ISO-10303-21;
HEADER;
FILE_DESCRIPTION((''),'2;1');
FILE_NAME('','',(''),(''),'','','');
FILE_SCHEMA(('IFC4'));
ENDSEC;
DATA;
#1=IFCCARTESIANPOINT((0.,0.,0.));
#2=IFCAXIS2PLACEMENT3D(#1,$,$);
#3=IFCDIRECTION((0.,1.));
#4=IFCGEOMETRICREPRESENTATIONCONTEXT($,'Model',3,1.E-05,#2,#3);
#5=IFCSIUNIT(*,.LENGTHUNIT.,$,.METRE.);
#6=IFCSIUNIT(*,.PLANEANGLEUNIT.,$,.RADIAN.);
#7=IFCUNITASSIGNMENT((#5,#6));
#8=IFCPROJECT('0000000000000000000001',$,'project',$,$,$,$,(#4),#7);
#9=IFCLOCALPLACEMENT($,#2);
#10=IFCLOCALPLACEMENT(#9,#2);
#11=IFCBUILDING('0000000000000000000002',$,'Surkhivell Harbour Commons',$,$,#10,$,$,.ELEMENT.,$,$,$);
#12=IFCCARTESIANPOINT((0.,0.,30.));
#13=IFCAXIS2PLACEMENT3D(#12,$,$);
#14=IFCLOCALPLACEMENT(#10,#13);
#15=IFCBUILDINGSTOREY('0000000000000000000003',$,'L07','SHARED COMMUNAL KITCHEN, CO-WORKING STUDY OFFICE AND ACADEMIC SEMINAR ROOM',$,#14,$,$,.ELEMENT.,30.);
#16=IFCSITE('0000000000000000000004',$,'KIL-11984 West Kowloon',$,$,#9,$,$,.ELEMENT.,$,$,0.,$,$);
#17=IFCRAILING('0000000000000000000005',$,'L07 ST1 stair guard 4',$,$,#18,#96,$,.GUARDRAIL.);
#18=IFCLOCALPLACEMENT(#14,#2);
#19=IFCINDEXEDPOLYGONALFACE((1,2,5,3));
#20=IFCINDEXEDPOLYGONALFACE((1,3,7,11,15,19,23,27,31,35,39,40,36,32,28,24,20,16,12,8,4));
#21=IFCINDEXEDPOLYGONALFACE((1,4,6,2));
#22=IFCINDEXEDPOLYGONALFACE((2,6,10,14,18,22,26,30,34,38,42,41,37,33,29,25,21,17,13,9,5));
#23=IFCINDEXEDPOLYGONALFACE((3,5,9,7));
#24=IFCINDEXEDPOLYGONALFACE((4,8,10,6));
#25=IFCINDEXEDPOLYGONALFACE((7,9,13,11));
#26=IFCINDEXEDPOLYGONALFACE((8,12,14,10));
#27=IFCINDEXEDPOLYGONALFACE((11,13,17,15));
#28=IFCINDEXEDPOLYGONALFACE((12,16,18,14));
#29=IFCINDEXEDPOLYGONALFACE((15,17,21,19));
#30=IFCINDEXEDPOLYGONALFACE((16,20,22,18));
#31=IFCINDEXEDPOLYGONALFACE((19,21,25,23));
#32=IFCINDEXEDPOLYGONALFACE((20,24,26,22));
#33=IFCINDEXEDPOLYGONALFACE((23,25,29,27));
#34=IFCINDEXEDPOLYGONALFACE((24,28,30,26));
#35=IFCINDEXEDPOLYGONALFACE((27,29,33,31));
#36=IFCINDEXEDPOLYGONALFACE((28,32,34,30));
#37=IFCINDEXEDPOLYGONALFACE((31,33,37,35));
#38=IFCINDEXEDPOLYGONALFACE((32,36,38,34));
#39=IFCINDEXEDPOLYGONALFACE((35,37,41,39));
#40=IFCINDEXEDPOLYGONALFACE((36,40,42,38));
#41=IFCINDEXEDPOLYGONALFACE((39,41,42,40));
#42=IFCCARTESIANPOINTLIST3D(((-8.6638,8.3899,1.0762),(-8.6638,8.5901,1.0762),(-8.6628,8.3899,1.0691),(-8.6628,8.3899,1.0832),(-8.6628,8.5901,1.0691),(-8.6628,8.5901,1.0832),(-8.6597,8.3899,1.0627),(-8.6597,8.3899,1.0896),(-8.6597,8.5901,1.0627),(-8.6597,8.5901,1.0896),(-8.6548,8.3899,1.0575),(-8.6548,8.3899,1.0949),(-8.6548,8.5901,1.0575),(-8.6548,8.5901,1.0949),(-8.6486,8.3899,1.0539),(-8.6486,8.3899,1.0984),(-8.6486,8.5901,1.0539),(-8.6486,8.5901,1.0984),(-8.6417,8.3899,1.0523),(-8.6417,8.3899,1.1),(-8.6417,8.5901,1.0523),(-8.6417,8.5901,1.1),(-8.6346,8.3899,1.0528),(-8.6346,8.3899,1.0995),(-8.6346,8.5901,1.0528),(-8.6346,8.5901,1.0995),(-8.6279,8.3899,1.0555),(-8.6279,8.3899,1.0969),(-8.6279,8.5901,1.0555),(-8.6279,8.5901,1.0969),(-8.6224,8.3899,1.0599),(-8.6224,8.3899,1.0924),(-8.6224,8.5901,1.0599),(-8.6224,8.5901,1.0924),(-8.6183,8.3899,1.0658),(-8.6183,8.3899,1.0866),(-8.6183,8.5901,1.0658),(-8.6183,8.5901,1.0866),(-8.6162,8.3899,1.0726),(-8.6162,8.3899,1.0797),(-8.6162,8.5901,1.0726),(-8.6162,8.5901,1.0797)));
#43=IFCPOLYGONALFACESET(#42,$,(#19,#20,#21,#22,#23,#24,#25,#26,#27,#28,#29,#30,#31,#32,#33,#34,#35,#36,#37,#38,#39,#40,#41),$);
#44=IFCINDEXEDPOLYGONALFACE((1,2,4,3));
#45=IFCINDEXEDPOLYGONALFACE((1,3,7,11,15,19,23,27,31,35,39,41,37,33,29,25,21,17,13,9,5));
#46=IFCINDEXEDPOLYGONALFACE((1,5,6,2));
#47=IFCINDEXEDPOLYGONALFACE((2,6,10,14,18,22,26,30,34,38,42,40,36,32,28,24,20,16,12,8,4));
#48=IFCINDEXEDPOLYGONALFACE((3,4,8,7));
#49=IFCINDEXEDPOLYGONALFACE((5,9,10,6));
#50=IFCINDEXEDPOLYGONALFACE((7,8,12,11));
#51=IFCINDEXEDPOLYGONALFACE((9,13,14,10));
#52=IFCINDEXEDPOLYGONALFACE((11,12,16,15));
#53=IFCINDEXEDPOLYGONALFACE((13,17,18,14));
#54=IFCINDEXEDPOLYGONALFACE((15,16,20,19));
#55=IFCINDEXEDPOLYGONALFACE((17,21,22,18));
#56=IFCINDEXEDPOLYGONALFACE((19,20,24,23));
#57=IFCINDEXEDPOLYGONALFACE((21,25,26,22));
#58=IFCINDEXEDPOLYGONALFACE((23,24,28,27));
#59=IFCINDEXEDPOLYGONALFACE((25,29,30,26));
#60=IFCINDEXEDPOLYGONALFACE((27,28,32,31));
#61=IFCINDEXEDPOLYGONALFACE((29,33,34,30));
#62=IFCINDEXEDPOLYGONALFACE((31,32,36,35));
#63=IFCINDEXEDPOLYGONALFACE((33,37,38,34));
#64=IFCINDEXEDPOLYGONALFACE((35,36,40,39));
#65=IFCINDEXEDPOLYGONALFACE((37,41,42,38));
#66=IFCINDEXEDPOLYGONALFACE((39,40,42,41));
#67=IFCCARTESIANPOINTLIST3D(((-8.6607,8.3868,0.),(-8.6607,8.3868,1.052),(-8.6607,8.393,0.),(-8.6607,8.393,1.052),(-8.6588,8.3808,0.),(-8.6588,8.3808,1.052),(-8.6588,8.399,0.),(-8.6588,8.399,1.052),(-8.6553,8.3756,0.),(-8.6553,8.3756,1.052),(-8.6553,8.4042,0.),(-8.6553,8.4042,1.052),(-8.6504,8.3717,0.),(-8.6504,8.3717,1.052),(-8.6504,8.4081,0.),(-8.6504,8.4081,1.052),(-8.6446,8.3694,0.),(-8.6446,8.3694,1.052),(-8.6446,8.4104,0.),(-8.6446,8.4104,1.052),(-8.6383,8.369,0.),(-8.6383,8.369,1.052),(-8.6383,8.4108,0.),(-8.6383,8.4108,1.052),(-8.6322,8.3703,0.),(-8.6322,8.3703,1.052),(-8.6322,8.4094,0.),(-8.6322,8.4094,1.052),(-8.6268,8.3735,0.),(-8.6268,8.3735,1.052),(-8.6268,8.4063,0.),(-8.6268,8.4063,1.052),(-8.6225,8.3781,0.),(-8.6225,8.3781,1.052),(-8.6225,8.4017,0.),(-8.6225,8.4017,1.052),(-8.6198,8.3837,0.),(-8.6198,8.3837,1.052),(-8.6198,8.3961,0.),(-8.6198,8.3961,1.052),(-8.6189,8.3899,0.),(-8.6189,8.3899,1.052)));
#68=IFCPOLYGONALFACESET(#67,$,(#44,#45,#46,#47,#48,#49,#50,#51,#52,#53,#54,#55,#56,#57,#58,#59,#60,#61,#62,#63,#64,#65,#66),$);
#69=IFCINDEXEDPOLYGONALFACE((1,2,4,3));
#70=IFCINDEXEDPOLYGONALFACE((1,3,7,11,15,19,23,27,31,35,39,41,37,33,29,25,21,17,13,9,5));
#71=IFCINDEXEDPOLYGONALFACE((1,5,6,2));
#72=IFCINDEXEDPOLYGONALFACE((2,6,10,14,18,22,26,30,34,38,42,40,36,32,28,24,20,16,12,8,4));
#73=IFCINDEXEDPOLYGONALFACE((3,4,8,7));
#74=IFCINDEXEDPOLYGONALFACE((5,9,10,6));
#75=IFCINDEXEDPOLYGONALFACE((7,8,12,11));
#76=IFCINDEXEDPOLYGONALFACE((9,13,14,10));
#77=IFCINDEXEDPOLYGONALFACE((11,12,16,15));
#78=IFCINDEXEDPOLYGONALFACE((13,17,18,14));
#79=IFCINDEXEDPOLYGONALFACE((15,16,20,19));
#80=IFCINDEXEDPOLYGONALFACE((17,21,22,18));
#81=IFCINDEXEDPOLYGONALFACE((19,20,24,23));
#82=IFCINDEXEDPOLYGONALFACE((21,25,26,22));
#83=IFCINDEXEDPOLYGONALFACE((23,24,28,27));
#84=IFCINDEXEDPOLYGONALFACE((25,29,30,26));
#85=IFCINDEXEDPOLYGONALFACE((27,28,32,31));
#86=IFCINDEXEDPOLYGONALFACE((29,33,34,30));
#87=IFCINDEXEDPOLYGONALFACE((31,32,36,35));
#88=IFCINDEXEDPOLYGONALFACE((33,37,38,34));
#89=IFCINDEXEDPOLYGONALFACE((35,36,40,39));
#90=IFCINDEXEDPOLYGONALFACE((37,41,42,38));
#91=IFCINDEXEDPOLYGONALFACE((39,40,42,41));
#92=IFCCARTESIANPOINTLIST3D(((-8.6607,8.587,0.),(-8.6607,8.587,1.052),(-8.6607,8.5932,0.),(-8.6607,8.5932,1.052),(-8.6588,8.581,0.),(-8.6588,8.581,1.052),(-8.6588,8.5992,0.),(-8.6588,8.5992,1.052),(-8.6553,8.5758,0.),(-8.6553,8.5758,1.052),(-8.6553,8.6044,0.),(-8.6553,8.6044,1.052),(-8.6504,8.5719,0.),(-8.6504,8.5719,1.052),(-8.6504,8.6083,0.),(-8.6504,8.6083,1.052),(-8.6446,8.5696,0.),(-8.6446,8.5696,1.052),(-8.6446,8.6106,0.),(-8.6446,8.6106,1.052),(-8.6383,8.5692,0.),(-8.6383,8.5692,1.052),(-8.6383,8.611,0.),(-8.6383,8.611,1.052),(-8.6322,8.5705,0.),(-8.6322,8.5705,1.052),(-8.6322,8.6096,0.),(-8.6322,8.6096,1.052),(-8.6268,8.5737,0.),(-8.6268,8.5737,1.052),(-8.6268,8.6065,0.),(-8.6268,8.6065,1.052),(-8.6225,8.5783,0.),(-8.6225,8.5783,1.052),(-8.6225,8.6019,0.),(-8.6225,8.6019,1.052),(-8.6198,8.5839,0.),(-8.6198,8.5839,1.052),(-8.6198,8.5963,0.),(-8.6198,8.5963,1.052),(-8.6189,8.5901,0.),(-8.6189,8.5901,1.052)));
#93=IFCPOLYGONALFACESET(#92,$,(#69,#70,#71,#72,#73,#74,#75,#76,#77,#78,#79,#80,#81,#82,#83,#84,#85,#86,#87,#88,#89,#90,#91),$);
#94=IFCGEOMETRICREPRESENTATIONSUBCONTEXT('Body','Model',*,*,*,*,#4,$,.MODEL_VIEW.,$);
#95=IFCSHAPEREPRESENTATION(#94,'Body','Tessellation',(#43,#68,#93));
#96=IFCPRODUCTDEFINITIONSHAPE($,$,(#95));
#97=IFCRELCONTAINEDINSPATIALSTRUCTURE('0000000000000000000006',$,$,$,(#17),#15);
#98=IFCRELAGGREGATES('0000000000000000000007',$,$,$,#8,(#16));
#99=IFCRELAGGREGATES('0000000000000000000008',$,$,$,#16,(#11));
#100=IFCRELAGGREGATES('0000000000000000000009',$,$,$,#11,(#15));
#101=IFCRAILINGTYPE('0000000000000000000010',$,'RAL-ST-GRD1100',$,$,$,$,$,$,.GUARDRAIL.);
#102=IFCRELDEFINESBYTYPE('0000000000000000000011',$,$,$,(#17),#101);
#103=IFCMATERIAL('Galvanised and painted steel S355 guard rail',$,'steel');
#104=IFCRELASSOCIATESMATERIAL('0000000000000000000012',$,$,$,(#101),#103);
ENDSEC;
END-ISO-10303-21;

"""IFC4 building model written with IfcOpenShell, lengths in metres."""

from ifc_helpers import new_model, si_unit, direction, frame, origin, origin_2d, place, context, subcontext, project, spatial, circle, extrude, material, type_object, element, save


model = new_model("IFC4")

# Units and contexts
model_context = context("Model", 3, precision=1e-05, world=origin(), true_north=direction((0.0, 1.0)))
body_context = subcontext(model_context, "Body", "Model", "MODEL_VIEW")
ifc_project = project(units=[si_unit("LENGTHUNIT", "METRE"), si_unit("PLANEANGLEUNIT", "RADIAN")], contexts=[model_context])

# Site, building, storey
site_placement = place(None, origin())
site = spatial("IfcSite", under=ifc_project, at=site_placement, Name="KIL-11984 West Kowloon", CompositionType="ELEMENT", RefElevation=0.0)
building_placement = place(site_placement, origin())
building = spatial("IfcBuilding", under=site, at=building_placement, Name="Surkhivell Harbour Commons", CompositionType="ELEMENT")
storey_placement = place(building_placement, frame((0.0, 0.0, 30.0)))
storey = spatial("IfcBuildingStorey", under=building, at=storey_placement, Name="L07", Description="SHARED COMMUNAL KITCHEN, CO-WORKING STUDY OFFICE AND ACADEMIC SEMINAR ROOM", CompositionType="ELEMENT", Elevation=30.0)

# Railing
ifc_material_1 = material(Name="Galvanised and painted steel S355 guard rail", Category="steel")
railing_type_1 = type_object("IfcRailingType", Name="RAL-ST-GRD1100", PredefinedType="GUARDRAIL", material=ifc_material_1)
railing_1_placement = place(storey_placement, frame((-8.6399, 8.3899, 0.0)))
element("IfcRailing", 1, at=railing_1_placement, inside=storey, type_object=railing_type_1, Name="L07 ST1 stair guard 4", PredefinedType="GUARDRAIL", context=body_context, shape_type="SweptSolid", body=[
    extrude(circle(Radius=0.0239, at=origin_2d()), frame((0.0, 0.0, 1.0762), z_axis=(0.0, 1.0, 0.0), x_axis=(-1.0, 0.0, 0.0)), (0.0, 0.0, 1.0), 0.2002),
    extrude(circle(Radius=0.021, at=origin_2d()), origin(), (0.0, 0.0, 1.0), 1.052),
    extrude(circle(Radius=0.021, at=origin_2d()), frame((0.0, 0.2002, 0.0)), (0.0, 0.0, 1.0), 1.052),
])

save(model, "model.ifc")
